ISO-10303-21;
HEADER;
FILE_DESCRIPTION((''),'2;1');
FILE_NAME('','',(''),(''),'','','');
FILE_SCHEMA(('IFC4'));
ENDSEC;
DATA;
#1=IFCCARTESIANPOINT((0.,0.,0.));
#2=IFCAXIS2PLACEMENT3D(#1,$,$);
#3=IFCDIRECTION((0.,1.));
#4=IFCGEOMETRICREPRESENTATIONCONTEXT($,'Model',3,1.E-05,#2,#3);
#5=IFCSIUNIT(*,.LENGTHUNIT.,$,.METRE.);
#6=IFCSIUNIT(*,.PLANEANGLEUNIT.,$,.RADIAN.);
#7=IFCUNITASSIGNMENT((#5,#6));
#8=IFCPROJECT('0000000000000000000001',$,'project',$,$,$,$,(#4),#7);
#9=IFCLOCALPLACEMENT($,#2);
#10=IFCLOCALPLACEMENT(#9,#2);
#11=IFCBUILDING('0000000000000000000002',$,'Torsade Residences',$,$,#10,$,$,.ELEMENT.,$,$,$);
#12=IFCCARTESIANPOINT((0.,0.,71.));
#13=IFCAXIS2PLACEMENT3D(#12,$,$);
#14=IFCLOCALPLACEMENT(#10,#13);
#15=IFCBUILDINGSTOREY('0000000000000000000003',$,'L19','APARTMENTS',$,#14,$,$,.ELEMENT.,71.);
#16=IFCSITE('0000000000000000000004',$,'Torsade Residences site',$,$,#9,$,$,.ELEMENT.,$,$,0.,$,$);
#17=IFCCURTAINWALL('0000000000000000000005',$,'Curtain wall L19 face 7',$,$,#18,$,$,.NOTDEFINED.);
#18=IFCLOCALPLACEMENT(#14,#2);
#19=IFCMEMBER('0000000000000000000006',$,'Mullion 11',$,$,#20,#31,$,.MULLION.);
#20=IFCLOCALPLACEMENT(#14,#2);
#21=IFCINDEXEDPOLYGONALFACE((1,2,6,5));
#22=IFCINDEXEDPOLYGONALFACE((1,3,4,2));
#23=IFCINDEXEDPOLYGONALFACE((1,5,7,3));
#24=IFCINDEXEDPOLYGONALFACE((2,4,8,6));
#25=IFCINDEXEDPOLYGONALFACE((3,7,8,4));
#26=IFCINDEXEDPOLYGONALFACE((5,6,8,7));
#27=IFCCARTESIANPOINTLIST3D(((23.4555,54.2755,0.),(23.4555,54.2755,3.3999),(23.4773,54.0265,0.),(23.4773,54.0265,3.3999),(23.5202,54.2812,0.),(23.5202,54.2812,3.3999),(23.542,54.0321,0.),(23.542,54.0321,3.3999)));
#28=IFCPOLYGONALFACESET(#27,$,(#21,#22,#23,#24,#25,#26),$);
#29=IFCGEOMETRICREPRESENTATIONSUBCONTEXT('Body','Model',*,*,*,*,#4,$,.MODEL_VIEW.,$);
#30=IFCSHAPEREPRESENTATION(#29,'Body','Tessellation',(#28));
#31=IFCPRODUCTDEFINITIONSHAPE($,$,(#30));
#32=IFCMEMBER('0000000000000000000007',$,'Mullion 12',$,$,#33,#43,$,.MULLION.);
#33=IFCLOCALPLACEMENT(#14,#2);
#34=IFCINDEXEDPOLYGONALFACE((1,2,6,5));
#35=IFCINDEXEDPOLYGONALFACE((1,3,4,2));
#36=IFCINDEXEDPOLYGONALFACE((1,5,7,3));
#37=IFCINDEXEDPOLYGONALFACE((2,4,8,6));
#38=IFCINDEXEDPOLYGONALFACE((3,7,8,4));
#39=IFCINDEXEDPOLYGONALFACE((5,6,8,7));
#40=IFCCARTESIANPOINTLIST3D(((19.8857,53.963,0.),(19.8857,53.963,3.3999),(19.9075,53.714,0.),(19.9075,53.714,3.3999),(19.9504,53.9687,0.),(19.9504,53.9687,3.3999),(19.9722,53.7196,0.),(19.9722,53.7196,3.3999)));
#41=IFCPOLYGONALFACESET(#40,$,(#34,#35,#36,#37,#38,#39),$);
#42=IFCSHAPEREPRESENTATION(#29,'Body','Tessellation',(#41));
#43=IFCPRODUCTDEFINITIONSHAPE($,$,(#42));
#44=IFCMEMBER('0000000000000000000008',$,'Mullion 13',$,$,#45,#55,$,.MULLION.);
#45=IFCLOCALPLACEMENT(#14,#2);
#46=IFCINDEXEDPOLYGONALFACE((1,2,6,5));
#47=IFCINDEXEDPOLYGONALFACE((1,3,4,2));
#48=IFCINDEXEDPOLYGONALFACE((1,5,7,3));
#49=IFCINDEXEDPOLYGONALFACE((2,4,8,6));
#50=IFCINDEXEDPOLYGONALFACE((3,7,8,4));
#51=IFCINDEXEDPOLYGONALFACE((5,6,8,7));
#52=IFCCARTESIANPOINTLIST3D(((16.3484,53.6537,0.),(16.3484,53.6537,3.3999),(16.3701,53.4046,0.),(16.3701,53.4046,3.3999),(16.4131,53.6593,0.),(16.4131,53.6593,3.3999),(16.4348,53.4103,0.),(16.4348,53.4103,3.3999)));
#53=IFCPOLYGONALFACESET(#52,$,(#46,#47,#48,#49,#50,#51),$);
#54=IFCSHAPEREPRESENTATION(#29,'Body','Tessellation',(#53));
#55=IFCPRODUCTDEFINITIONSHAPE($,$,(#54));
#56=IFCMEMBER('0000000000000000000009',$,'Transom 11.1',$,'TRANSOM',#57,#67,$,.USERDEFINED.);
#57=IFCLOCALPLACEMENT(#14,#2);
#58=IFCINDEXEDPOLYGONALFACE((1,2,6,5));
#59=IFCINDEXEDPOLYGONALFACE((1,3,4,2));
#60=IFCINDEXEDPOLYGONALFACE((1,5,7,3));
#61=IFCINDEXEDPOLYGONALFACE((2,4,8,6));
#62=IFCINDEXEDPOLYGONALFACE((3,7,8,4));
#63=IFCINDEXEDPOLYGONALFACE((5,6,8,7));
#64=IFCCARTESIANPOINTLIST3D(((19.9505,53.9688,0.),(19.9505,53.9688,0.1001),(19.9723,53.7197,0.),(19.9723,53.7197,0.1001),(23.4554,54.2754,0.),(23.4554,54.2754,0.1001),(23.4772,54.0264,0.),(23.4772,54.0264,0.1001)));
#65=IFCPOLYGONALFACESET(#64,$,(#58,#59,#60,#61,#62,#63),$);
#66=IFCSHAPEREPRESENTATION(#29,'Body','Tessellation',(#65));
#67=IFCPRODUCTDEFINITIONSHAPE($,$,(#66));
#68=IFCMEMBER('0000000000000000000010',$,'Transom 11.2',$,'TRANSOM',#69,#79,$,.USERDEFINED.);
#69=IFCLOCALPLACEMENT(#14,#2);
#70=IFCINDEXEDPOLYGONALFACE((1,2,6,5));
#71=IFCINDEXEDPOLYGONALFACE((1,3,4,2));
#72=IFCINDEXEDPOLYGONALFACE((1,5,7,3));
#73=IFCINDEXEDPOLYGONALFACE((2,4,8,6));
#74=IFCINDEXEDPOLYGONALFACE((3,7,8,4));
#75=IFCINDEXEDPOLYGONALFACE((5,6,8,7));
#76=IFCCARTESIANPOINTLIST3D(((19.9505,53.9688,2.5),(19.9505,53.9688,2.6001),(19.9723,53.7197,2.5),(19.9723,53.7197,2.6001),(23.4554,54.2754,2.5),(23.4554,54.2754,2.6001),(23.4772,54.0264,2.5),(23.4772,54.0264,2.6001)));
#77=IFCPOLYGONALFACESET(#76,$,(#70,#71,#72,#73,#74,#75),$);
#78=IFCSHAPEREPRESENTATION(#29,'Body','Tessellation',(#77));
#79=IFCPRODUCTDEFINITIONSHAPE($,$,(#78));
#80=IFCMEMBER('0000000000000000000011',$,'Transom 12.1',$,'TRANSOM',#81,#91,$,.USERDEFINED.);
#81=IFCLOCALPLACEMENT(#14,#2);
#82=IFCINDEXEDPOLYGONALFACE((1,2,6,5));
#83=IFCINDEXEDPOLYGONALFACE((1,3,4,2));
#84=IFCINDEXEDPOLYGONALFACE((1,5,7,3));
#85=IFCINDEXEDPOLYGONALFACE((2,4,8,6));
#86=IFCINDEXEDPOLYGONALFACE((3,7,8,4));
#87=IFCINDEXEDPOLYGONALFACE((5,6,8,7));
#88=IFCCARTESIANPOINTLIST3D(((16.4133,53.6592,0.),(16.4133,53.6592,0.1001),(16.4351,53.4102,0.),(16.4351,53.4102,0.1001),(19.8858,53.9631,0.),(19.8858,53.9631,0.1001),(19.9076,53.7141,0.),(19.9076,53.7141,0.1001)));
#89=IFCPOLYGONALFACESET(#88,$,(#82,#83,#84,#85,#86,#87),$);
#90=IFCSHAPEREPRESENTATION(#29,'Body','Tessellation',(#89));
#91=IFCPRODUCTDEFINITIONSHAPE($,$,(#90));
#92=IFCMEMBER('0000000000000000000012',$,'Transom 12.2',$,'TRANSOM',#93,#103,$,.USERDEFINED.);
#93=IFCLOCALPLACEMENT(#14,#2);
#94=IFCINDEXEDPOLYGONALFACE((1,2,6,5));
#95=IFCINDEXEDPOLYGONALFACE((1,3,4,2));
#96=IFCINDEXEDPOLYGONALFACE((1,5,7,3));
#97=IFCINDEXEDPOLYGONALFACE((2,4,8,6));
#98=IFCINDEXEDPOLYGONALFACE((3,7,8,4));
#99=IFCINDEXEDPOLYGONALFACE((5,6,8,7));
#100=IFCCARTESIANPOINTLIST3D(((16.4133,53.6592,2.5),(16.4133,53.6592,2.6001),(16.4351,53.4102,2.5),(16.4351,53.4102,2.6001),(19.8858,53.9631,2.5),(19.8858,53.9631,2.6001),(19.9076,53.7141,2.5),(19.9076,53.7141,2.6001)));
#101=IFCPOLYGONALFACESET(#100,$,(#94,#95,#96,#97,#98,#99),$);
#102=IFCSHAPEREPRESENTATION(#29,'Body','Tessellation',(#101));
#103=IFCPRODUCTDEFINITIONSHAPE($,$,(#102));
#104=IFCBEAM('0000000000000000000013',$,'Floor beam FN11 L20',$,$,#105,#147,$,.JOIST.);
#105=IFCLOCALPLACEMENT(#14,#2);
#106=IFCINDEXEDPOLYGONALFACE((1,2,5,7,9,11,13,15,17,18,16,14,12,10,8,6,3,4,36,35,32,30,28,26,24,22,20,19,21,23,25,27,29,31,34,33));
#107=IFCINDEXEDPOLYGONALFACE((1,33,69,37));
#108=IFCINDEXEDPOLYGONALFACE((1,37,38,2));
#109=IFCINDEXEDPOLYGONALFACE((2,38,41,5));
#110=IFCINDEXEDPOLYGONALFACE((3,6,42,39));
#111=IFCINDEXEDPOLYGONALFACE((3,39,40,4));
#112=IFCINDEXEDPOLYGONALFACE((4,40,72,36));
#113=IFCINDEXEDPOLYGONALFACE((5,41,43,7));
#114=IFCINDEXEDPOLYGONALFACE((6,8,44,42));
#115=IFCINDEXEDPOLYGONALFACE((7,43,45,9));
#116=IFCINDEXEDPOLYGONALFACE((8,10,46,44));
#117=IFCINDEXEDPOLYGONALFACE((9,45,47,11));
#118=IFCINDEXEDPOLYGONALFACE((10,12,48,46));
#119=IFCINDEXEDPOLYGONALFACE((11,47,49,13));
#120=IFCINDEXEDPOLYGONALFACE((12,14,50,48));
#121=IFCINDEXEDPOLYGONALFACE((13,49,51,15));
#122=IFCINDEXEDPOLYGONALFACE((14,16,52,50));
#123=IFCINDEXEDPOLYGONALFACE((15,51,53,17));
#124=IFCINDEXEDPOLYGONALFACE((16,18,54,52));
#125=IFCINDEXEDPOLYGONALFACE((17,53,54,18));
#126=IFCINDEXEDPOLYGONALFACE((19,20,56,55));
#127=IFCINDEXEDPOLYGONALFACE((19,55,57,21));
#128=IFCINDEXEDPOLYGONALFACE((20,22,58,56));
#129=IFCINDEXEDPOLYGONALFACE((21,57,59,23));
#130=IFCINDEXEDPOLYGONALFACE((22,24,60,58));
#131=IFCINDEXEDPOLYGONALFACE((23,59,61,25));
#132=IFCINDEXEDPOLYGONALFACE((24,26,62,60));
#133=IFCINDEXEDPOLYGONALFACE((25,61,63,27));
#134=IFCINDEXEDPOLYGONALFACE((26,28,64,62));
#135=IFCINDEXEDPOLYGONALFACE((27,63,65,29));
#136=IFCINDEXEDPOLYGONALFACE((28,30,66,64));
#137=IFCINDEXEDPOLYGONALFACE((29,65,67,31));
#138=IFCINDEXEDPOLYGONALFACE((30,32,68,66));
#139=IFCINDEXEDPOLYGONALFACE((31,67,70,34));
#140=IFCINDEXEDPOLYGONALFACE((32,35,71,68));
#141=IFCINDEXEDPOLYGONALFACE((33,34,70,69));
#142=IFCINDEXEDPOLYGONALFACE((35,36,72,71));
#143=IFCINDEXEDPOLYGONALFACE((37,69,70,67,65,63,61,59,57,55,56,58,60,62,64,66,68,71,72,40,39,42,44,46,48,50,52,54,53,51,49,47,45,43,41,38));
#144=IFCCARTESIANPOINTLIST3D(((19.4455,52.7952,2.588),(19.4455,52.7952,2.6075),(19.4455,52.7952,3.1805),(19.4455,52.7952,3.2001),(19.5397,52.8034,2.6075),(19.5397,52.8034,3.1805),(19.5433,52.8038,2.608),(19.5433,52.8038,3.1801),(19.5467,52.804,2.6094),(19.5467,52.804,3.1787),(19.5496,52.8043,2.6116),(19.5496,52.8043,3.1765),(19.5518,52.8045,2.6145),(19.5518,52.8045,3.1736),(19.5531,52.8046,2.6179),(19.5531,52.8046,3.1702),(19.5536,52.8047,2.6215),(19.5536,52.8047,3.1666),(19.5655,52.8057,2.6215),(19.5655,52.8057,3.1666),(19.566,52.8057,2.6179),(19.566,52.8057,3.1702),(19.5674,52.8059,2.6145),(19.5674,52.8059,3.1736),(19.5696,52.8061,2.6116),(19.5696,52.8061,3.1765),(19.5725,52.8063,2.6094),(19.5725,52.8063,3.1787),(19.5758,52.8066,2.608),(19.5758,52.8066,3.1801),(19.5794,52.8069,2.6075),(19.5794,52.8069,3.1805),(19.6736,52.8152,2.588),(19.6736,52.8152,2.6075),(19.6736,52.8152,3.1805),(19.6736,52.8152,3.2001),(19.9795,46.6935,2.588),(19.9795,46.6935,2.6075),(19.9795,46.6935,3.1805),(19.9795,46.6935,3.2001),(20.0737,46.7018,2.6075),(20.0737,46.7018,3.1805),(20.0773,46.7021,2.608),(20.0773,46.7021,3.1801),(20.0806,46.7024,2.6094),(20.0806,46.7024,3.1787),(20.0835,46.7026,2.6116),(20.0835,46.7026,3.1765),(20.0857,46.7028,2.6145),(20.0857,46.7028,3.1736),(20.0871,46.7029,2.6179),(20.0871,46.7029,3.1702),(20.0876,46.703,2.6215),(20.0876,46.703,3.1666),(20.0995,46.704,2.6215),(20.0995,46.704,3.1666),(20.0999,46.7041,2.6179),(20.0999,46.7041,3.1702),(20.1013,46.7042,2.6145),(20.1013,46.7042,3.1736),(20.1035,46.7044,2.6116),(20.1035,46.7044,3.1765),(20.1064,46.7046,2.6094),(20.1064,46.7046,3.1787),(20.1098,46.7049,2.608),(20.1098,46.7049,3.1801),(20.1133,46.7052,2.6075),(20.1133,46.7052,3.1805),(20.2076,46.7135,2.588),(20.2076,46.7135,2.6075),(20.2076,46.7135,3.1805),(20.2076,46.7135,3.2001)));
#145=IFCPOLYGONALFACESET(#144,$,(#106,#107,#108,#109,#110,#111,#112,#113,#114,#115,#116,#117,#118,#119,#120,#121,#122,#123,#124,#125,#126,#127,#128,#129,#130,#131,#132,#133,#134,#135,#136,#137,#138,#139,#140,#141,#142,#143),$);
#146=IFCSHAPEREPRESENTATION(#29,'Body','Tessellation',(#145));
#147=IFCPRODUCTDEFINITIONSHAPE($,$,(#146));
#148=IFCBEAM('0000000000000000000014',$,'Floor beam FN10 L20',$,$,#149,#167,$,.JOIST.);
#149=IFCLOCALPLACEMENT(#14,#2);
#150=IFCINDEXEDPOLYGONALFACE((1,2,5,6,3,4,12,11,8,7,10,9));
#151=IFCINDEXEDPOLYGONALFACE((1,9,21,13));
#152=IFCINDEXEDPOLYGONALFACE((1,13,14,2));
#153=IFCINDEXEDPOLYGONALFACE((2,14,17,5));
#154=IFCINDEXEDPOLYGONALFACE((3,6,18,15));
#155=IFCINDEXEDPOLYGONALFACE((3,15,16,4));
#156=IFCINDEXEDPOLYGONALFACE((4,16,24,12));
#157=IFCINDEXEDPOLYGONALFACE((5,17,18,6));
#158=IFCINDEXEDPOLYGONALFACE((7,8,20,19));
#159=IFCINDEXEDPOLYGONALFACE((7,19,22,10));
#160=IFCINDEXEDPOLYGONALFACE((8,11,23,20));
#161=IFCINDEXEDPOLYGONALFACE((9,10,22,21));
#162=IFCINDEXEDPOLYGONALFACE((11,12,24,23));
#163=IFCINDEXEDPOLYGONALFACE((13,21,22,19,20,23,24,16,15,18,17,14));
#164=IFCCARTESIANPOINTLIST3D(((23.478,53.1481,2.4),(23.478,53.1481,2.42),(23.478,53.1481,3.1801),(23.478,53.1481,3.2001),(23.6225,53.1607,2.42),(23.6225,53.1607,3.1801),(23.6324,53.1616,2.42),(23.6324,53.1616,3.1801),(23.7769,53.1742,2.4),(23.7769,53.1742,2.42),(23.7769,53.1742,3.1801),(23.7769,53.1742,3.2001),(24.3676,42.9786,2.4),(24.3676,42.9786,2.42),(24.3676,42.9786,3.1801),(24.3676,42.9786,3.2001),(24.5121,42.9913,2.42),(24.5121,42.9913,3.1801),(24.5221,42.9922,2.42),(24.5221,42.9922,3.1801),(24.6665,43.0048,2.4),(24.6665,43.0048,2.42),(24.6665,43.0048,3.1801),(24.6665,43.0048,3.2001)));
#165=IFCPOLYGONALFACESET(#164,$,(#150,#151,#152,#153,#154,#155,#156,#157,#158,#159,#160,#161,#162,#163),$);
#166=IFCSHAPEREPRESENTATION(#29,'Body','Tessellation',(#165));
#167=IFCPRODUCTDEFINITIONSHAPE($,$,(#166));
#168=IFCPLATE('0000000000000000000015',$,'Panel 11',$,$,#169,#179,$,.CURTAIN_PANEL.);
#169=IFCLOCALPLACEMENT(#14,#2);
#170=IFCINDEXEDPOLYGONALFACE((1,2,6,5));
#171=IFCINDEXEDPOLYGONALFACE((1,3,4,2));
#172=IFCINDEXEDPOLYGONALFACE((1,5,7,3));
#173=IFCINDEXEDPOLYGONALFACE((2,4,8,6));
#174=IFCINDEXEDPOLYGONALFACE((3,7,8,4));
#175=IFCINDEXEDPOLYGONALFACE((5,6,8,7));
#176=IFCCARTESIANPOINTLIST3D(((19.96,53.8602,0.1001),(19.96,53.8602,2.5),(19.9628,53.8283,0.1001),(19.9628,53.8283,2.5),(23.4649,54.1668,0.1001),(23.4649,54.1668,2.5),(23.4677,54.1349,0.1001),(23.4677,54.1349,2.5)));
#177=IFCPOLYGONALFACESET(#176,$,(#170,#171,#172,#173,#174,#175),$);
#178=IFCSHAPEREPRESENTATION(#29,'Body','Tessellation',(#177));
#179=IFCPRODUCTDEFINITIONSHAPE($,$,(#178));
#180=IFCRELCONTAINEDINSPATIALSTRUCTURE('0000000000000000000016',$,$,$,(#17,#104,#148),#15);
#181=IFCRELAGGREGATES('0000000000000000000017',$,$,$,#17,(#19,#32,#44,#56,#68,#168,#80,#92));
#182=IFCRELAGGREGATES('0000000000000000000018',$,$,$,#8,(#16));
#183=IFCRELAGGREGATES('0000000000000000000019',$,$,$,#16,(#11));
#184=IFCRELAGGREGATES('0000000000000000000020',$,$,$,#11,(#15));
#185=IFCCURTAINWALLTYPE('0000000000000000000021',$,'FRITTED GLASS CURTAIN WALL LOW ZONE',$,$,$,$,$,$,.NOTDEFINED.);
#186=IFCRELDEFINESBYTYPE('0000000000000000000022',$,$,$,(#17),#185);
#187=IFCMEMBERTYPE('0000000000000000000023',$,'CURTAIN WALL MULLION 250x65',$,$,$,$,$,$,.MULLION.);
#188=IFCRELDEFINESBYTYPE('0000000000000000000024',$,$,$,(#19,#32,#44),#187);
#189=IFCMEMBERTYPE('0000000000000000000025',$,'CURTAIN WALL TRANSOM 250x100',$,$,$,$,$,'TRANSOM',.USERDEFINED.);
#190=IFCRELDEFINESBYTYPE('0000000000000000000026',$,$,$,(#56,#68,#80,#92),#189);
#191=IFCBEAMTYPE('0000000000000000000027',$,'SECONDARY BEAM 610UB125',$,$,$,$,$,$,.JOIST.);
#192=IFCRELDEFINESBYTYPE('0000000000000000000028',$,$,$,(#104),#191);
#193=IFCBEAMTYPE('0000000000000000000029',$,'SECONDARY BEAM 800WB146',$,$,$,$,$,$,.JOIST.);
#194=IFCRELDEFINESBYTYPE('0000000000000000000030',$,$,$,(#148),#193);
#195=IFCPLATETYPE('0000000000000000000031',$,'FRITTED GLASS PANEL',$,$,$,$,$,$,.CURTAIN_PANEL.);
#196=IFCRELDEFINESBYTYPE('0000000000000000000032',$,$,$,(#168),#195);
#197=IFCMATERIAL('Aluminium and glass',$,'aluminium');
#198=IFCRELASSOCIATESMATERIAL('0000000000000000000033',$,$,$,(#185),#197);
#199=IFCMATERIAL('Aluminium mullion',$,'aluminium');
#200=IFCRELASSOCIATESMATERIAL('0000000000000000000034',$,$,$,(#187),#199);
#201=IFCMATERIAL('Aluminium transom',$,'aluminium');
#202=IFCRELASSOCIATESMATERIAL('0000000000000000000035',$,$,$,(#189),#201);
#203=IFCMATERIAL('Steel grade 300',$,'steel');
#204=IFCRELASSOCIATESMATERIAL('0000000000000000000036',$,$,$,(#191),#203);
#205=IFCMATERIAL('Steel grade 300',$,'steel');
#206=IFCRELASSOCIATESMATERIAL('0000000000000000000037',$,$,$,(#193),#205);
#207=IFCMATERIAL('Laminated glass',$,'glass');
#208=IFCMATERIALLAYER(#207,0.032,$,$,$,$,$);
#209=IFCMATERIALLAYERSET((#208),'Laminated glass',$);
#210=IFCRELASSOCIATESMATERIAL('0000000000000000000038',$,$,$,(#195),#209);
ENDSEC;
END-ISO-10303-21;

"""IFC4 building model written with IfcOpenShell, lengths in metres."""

from ifc_helpers import new_model, si_unit, direction, frame, origin, origin_2d, place, context, subcontext, project, spatial, rectangle, i_section, extrude, material, layer, layer_set, material_profile, profile_set, type_object, element, aggregate, save


model = new_model("IFC4")

# Units and contexts
model_context = context("Model", 3, precision=1e-05, world=origin(), true_north=direction((0.0, 1.0)))
body_context = subcontext(model_context, "Body", "Model", "MODEL_VIEW")
ifc_project = project(units=[si_unit("LENGTHUNIT", "METRE"), si_unit("PLANEANGLEUNIT", "RADIAN")], contexts=[model_context])

# Site, building, storey
site_placement = place(None, origin())
site = spatial("IfcSite", under=ifc_project, at=site_placement, Name="Torsade Residences site", CompositionType="ELEMENT", RefElevation=0.0)
building_placement = place(site_placement, origin())
building = spatial("IfcBuilding", under=site, at=building_placement, Name="Torsade Residences", CompositionType="ELEMENT")
storey_placement = place(building_placement, frame((0.0, 0.0, 71.0)))
storey = spatial("IfcBuildingStorey", under=building, at=storey_placement, Name="L19", Description="APARTMENTS", CompositionType="ELEMENT", Elevation=71.0)

# Curtain wall, members
ifc_material_1 = material(Name="Aluminium and glass", Category="aluminium")
curtain_wall_type = type_object("IfcCurtainWallType", Name="FRITTED GLASS CURTAIN WALL LOW ZONE", PredefinedType="NOTDEFINED", material=ifc_material_1)
curtain_wall_placement = place(storey_placement, origin())
curtain_wall = element("IfcCurtainWall", 1, at=curtain_wall_placement, inside=storey, type_object=curtain_wall_type, Name="Curtain wall L19 face 7", PredefinedType="NOTDEFINED")
ifc_material_2 = material(Name="Aluminium mullion", Category="aluminium")
ifc_material_profile_1 = material_profile(ifc_material_2, rectangle(XDim=0.25, YDim=0.0649, at=origin_2d()), Name="CURTAIN WALL MULLION 250x65")
ifc_profile_set_1 = profile_set([ifc_material_profile_1], Name="Aluminium mullion")
member_type_1 = type_object("IfcMemberType", Name="CURTAIN WALL MULLION 250x65", PredefinedType="MULLION", material=ifc_profile_set_1)
member_1_placement = place(storey_placement, frame((23.4988, 54.1538, 0.0), z_axis=(0.0, 0.0, 1.0), x_axis=(0.087156, -0.996195, 0.0)))
member_1 = element("IfcMember", 2, at=member_1_placement, type_object=member_type_1, Name="Mullion 11", PredefinedType="MULLION", context=body_context, shape_type="SweptSolid", body=[
    extrude(rectangle(XDim=0.25, YDim=0.0649, at=origin_2d()), origin(), (0.0, 0.0, 1.0), 3.3999),
])
member_2_placement = place(storey_placement, frame((19.929, 53.8413, 0.0), z_axis=(0.0, 0.0, 1.0), x_axis=(0.087156, -0.996195, 0.0)))
member_2 = element("IfcMember", 3, at=member_2_placement, type_object=member_type_1, Name="Mullion 12", PredefinedType="MULLION", context=body_context, shape_type="SweptSolid", body=[
    extrude(rectangle(XDim=0.25, YDim=0.0649, at=origin_2d()), origin(), (0.0, 0.0, 1.0), 3.3999),
])
member_3_placement = place(storey_placement, frame((16.3916, 53.532, 0.0), z_axis=(0.0, 0.0, 1.0), x_axis=(0.087156, -0.996195, 0.0)))
member_3 = element("IfcMember", 4, at=member_3_placement, type_object=member_type_1, Name="Mullion 13", PredefinedType="MULLION", context=body_context, shape_type="SweptSolid", body=[
    extrude(rectangle(XDim=0.25, YDim=0.0649, at=origin_2d()), origin(), (0.0, 0.0, 1.0), 3.3999),
])
ifc_material_3 = material(Name="Aluminium transom", Category="aluminium")
ifc_material_profile_2 = material_profile(ifc_material_3, rectangle(XDim=0.25, YDim=0.1001, at=origin_2d()), Name="CURTAIN WALL TRANSOM 250x100")
ifc_profile_set_2 = profile_set([ifc_material_profile_2], Name="Aluminium transom")
member_type_2 = type_object("IfcMemberType", Name="CURTAIN WALL TRANSOM 250x100", ElementType="TRANSOM", PredefinedType="USERDEFINED", material=ifc_profile_set_2)
member_4_placement = place(storey_placement, frame((23.4663, 54.1509, 0.05), z_axis=(-0.996195, -0.087157, 0.0), x_axis=(0.087157, -0.996195, 0.0)))
member_4 = element("IfcMember", 5, at=member_4_placement, type_object=member_type_2, Name="Transom 11.1", ObjectType="TRANSOM", PredefinedType="USERDEFINED", context=body_context, shape_type="SweptSolid", body=[
    extrude(rectangle(XDim=0.25, YDim=0.1001, at=origin_2d()), origin(), (0.0, 0.0, 1.0), 3.5183),
])
member_5_placement = place(storey_placement, frame((23.4663, 54.1509, 2.55), z_axis=(-0.996195, -0.087157, 0.0), x_axis=(0.087157, -0.996195, 0.0)))
member_5 = element("IfcMember", 6, at=member_5_placement, type_object=member_type_2, Name="Transom 11.2", ObjectType="TRANSOM", PredefinedType="USERDEFINED", context=body_context, shape_type="SweptSolid", body=[
    extrude(rectangle(XDim=0.25, YDim=0.1001, at=origin_2d()), origin(), (0.0, 0.0, 1.0), 3.5183),
])
member_6_placement = place(storey_placement, frame((19.8967, 53.8386, 0.05), z_axis=(-0.996191, -0.087195, 0.0), x_axis=(0.087195, -0.996191, 0.0)))
member_6 = element("IfcMember", 7, at=member_6_placement, type_object=member_type_2, Name="Transom 12.1", ObjectType="TRANSOM", PredefinedType="USERDEFINED", context=body_context, shape_type="SweptSolid", body=[
    extrude(rectangle(XDim=0.25, YDim=0.1001, at=origin_2d()), origin(), (0.0, 0.0, 1.0), 3.4858),
])
member_7_placement = place(storey_placement, frame((19.8967, 53.8386, 2.55), z_axis=(-0.996191, -0.087195, 0.0), x_axis=(0.087195, -0.996191, 0.0)))
member_7 = element("IfcMember", 8, at=member_7_placement, type_object=member_type_2, Name="Transom 12.2", ObjectType="TRANSOM", PredefinedType="USERDEFINED", context=body_context, shape_type="SweptSolid", body=[
    extrude(rectangle(XDim=0.25, YDim=0.1001, at=origin_2d()), origin(), (0.0, 0.0, 1.0), 3.4858),
])

# Beams
ifc_material_4 = material(Name="Steel grade 300", Category="steel")
ifc_material_profile_3 = material_profile(ifc_material_4, i_section(OverallWidth=0.229, OverallDepth=0.6121, WebThickness=0.012, FlangeThickness=0.0195, FilletRadius=0.0139, at=origin_2d()), Name="610UB125")
ifc_profile_set_3 = profile_set([ifc_material_profile_3], Name="Steel grade 300")
beam_type_1 = type_object("IfcBeamType", Name="SECONDARY BEAM 610UB125", PredefinedType="JOIST", material=ifc_profile_set_3)
beam_1_placement = place(storey_placement, frame((19.5596, 52.8052, 2.894), z_axis=(0.087175, -0.996193, 0.0), x_axis=(0.996193, 0.087175, 0.0)))
element("IfcBeam", 9, at=beam_1_placement, inside=storey, type_object=beam_type_1, Name="Floor beam FN11 L20", PredefinedType="JOIST", context=body_context, shape_type="SweptSolid", body=[
    extrude(i_section(OverallWidth=0.229, OverallDepth=0.6121, WebThickness=0.012, FlangeThickness=0.0195, FilletRadius=0.0139, at=origin_2d()), origin(), (0.0, 0.0, 1.0), 6.125),
])
ifc_material_5 = material(Name="Steel grade 300", Category="steel")
ifc_material_profile_4 = material_profile(ifc_material_5, i_section(OverallWidth=0.3, OverallDepth=0.8, WebThickness=0.01, FlangeThickness=0.02, at=origin_2d()), Name="800WB146")
ifc_profile_set_4 = profile_set([ifc_material_profile_4], Name="Steel grade 300")
beam_type_2 = type_object("IfcBeamType", Name="SECONDARY BEAM 800WB146", PredefinedType="JOIST", material=ifc_profile_set_4)
beam_2_placement = place(storey_placement, frame((23.6274, 53.1611, 2.8), z_axis=(0.08715, -0.996195, 0.0), x_axis=(0.996195, 0.08715, 0.0)))
element("IfcBeam", 10, at=beam_2_placement, inside=storey, type_object=beam_type_2, Name="Floor beam FN10 L20", PredefinedType="JOIST", context=body_context, shape_type="SweptSolid", body=[
    extrude(i_section(OverallWidth=0.3, OverallDepth=0.8, WebThickness=0.01, FlangeThickness=0.02, at=origin_2d()), origin(), (0.0, 0.0, 1.0), 10.2083),
])

# Plate
ifc_material_6 = material(Name="Laminated glass", Category="glass")
ifc_layer_1 = layer(ifc_material_6, 0.032)
ifc_layer_set_1 = layer_set([ifc_layer_1], Name="Laminated glass")
plate_type_1 = type_object("IfcPlateType", Name="FRITTED GLASS PANEL", PredefinedType="CURTAIN_PANEL", material=ifc_layer_set_1)
plate_1_placement = place(storey_placement, frame((21.7139, 53.9976, 0.1001), z_axis=(0.0, 0.0, 1.0), x_axis=(-0.996195, -0.087156, 0.0)))
plate_1 = element("IfcPlate", 11, at=plate_1_placement, type_object=plate_type_1, Name="Panel 11", PredefinedType="CURTAIN_PANEL", context=body_context, shape_type="SweptSolid", body=[
    extrude(rectangle(XDim=3.5183, YDim=0.032, at=origin_2d()), origin(), (0.0, 0.0, 1.0), 2.3999),
])
aggregate(curtain_wall, [member_1, member_2, member_3, member_4, member_5, plate_1, member_6, member_7])

save(model, "model.ifc")
